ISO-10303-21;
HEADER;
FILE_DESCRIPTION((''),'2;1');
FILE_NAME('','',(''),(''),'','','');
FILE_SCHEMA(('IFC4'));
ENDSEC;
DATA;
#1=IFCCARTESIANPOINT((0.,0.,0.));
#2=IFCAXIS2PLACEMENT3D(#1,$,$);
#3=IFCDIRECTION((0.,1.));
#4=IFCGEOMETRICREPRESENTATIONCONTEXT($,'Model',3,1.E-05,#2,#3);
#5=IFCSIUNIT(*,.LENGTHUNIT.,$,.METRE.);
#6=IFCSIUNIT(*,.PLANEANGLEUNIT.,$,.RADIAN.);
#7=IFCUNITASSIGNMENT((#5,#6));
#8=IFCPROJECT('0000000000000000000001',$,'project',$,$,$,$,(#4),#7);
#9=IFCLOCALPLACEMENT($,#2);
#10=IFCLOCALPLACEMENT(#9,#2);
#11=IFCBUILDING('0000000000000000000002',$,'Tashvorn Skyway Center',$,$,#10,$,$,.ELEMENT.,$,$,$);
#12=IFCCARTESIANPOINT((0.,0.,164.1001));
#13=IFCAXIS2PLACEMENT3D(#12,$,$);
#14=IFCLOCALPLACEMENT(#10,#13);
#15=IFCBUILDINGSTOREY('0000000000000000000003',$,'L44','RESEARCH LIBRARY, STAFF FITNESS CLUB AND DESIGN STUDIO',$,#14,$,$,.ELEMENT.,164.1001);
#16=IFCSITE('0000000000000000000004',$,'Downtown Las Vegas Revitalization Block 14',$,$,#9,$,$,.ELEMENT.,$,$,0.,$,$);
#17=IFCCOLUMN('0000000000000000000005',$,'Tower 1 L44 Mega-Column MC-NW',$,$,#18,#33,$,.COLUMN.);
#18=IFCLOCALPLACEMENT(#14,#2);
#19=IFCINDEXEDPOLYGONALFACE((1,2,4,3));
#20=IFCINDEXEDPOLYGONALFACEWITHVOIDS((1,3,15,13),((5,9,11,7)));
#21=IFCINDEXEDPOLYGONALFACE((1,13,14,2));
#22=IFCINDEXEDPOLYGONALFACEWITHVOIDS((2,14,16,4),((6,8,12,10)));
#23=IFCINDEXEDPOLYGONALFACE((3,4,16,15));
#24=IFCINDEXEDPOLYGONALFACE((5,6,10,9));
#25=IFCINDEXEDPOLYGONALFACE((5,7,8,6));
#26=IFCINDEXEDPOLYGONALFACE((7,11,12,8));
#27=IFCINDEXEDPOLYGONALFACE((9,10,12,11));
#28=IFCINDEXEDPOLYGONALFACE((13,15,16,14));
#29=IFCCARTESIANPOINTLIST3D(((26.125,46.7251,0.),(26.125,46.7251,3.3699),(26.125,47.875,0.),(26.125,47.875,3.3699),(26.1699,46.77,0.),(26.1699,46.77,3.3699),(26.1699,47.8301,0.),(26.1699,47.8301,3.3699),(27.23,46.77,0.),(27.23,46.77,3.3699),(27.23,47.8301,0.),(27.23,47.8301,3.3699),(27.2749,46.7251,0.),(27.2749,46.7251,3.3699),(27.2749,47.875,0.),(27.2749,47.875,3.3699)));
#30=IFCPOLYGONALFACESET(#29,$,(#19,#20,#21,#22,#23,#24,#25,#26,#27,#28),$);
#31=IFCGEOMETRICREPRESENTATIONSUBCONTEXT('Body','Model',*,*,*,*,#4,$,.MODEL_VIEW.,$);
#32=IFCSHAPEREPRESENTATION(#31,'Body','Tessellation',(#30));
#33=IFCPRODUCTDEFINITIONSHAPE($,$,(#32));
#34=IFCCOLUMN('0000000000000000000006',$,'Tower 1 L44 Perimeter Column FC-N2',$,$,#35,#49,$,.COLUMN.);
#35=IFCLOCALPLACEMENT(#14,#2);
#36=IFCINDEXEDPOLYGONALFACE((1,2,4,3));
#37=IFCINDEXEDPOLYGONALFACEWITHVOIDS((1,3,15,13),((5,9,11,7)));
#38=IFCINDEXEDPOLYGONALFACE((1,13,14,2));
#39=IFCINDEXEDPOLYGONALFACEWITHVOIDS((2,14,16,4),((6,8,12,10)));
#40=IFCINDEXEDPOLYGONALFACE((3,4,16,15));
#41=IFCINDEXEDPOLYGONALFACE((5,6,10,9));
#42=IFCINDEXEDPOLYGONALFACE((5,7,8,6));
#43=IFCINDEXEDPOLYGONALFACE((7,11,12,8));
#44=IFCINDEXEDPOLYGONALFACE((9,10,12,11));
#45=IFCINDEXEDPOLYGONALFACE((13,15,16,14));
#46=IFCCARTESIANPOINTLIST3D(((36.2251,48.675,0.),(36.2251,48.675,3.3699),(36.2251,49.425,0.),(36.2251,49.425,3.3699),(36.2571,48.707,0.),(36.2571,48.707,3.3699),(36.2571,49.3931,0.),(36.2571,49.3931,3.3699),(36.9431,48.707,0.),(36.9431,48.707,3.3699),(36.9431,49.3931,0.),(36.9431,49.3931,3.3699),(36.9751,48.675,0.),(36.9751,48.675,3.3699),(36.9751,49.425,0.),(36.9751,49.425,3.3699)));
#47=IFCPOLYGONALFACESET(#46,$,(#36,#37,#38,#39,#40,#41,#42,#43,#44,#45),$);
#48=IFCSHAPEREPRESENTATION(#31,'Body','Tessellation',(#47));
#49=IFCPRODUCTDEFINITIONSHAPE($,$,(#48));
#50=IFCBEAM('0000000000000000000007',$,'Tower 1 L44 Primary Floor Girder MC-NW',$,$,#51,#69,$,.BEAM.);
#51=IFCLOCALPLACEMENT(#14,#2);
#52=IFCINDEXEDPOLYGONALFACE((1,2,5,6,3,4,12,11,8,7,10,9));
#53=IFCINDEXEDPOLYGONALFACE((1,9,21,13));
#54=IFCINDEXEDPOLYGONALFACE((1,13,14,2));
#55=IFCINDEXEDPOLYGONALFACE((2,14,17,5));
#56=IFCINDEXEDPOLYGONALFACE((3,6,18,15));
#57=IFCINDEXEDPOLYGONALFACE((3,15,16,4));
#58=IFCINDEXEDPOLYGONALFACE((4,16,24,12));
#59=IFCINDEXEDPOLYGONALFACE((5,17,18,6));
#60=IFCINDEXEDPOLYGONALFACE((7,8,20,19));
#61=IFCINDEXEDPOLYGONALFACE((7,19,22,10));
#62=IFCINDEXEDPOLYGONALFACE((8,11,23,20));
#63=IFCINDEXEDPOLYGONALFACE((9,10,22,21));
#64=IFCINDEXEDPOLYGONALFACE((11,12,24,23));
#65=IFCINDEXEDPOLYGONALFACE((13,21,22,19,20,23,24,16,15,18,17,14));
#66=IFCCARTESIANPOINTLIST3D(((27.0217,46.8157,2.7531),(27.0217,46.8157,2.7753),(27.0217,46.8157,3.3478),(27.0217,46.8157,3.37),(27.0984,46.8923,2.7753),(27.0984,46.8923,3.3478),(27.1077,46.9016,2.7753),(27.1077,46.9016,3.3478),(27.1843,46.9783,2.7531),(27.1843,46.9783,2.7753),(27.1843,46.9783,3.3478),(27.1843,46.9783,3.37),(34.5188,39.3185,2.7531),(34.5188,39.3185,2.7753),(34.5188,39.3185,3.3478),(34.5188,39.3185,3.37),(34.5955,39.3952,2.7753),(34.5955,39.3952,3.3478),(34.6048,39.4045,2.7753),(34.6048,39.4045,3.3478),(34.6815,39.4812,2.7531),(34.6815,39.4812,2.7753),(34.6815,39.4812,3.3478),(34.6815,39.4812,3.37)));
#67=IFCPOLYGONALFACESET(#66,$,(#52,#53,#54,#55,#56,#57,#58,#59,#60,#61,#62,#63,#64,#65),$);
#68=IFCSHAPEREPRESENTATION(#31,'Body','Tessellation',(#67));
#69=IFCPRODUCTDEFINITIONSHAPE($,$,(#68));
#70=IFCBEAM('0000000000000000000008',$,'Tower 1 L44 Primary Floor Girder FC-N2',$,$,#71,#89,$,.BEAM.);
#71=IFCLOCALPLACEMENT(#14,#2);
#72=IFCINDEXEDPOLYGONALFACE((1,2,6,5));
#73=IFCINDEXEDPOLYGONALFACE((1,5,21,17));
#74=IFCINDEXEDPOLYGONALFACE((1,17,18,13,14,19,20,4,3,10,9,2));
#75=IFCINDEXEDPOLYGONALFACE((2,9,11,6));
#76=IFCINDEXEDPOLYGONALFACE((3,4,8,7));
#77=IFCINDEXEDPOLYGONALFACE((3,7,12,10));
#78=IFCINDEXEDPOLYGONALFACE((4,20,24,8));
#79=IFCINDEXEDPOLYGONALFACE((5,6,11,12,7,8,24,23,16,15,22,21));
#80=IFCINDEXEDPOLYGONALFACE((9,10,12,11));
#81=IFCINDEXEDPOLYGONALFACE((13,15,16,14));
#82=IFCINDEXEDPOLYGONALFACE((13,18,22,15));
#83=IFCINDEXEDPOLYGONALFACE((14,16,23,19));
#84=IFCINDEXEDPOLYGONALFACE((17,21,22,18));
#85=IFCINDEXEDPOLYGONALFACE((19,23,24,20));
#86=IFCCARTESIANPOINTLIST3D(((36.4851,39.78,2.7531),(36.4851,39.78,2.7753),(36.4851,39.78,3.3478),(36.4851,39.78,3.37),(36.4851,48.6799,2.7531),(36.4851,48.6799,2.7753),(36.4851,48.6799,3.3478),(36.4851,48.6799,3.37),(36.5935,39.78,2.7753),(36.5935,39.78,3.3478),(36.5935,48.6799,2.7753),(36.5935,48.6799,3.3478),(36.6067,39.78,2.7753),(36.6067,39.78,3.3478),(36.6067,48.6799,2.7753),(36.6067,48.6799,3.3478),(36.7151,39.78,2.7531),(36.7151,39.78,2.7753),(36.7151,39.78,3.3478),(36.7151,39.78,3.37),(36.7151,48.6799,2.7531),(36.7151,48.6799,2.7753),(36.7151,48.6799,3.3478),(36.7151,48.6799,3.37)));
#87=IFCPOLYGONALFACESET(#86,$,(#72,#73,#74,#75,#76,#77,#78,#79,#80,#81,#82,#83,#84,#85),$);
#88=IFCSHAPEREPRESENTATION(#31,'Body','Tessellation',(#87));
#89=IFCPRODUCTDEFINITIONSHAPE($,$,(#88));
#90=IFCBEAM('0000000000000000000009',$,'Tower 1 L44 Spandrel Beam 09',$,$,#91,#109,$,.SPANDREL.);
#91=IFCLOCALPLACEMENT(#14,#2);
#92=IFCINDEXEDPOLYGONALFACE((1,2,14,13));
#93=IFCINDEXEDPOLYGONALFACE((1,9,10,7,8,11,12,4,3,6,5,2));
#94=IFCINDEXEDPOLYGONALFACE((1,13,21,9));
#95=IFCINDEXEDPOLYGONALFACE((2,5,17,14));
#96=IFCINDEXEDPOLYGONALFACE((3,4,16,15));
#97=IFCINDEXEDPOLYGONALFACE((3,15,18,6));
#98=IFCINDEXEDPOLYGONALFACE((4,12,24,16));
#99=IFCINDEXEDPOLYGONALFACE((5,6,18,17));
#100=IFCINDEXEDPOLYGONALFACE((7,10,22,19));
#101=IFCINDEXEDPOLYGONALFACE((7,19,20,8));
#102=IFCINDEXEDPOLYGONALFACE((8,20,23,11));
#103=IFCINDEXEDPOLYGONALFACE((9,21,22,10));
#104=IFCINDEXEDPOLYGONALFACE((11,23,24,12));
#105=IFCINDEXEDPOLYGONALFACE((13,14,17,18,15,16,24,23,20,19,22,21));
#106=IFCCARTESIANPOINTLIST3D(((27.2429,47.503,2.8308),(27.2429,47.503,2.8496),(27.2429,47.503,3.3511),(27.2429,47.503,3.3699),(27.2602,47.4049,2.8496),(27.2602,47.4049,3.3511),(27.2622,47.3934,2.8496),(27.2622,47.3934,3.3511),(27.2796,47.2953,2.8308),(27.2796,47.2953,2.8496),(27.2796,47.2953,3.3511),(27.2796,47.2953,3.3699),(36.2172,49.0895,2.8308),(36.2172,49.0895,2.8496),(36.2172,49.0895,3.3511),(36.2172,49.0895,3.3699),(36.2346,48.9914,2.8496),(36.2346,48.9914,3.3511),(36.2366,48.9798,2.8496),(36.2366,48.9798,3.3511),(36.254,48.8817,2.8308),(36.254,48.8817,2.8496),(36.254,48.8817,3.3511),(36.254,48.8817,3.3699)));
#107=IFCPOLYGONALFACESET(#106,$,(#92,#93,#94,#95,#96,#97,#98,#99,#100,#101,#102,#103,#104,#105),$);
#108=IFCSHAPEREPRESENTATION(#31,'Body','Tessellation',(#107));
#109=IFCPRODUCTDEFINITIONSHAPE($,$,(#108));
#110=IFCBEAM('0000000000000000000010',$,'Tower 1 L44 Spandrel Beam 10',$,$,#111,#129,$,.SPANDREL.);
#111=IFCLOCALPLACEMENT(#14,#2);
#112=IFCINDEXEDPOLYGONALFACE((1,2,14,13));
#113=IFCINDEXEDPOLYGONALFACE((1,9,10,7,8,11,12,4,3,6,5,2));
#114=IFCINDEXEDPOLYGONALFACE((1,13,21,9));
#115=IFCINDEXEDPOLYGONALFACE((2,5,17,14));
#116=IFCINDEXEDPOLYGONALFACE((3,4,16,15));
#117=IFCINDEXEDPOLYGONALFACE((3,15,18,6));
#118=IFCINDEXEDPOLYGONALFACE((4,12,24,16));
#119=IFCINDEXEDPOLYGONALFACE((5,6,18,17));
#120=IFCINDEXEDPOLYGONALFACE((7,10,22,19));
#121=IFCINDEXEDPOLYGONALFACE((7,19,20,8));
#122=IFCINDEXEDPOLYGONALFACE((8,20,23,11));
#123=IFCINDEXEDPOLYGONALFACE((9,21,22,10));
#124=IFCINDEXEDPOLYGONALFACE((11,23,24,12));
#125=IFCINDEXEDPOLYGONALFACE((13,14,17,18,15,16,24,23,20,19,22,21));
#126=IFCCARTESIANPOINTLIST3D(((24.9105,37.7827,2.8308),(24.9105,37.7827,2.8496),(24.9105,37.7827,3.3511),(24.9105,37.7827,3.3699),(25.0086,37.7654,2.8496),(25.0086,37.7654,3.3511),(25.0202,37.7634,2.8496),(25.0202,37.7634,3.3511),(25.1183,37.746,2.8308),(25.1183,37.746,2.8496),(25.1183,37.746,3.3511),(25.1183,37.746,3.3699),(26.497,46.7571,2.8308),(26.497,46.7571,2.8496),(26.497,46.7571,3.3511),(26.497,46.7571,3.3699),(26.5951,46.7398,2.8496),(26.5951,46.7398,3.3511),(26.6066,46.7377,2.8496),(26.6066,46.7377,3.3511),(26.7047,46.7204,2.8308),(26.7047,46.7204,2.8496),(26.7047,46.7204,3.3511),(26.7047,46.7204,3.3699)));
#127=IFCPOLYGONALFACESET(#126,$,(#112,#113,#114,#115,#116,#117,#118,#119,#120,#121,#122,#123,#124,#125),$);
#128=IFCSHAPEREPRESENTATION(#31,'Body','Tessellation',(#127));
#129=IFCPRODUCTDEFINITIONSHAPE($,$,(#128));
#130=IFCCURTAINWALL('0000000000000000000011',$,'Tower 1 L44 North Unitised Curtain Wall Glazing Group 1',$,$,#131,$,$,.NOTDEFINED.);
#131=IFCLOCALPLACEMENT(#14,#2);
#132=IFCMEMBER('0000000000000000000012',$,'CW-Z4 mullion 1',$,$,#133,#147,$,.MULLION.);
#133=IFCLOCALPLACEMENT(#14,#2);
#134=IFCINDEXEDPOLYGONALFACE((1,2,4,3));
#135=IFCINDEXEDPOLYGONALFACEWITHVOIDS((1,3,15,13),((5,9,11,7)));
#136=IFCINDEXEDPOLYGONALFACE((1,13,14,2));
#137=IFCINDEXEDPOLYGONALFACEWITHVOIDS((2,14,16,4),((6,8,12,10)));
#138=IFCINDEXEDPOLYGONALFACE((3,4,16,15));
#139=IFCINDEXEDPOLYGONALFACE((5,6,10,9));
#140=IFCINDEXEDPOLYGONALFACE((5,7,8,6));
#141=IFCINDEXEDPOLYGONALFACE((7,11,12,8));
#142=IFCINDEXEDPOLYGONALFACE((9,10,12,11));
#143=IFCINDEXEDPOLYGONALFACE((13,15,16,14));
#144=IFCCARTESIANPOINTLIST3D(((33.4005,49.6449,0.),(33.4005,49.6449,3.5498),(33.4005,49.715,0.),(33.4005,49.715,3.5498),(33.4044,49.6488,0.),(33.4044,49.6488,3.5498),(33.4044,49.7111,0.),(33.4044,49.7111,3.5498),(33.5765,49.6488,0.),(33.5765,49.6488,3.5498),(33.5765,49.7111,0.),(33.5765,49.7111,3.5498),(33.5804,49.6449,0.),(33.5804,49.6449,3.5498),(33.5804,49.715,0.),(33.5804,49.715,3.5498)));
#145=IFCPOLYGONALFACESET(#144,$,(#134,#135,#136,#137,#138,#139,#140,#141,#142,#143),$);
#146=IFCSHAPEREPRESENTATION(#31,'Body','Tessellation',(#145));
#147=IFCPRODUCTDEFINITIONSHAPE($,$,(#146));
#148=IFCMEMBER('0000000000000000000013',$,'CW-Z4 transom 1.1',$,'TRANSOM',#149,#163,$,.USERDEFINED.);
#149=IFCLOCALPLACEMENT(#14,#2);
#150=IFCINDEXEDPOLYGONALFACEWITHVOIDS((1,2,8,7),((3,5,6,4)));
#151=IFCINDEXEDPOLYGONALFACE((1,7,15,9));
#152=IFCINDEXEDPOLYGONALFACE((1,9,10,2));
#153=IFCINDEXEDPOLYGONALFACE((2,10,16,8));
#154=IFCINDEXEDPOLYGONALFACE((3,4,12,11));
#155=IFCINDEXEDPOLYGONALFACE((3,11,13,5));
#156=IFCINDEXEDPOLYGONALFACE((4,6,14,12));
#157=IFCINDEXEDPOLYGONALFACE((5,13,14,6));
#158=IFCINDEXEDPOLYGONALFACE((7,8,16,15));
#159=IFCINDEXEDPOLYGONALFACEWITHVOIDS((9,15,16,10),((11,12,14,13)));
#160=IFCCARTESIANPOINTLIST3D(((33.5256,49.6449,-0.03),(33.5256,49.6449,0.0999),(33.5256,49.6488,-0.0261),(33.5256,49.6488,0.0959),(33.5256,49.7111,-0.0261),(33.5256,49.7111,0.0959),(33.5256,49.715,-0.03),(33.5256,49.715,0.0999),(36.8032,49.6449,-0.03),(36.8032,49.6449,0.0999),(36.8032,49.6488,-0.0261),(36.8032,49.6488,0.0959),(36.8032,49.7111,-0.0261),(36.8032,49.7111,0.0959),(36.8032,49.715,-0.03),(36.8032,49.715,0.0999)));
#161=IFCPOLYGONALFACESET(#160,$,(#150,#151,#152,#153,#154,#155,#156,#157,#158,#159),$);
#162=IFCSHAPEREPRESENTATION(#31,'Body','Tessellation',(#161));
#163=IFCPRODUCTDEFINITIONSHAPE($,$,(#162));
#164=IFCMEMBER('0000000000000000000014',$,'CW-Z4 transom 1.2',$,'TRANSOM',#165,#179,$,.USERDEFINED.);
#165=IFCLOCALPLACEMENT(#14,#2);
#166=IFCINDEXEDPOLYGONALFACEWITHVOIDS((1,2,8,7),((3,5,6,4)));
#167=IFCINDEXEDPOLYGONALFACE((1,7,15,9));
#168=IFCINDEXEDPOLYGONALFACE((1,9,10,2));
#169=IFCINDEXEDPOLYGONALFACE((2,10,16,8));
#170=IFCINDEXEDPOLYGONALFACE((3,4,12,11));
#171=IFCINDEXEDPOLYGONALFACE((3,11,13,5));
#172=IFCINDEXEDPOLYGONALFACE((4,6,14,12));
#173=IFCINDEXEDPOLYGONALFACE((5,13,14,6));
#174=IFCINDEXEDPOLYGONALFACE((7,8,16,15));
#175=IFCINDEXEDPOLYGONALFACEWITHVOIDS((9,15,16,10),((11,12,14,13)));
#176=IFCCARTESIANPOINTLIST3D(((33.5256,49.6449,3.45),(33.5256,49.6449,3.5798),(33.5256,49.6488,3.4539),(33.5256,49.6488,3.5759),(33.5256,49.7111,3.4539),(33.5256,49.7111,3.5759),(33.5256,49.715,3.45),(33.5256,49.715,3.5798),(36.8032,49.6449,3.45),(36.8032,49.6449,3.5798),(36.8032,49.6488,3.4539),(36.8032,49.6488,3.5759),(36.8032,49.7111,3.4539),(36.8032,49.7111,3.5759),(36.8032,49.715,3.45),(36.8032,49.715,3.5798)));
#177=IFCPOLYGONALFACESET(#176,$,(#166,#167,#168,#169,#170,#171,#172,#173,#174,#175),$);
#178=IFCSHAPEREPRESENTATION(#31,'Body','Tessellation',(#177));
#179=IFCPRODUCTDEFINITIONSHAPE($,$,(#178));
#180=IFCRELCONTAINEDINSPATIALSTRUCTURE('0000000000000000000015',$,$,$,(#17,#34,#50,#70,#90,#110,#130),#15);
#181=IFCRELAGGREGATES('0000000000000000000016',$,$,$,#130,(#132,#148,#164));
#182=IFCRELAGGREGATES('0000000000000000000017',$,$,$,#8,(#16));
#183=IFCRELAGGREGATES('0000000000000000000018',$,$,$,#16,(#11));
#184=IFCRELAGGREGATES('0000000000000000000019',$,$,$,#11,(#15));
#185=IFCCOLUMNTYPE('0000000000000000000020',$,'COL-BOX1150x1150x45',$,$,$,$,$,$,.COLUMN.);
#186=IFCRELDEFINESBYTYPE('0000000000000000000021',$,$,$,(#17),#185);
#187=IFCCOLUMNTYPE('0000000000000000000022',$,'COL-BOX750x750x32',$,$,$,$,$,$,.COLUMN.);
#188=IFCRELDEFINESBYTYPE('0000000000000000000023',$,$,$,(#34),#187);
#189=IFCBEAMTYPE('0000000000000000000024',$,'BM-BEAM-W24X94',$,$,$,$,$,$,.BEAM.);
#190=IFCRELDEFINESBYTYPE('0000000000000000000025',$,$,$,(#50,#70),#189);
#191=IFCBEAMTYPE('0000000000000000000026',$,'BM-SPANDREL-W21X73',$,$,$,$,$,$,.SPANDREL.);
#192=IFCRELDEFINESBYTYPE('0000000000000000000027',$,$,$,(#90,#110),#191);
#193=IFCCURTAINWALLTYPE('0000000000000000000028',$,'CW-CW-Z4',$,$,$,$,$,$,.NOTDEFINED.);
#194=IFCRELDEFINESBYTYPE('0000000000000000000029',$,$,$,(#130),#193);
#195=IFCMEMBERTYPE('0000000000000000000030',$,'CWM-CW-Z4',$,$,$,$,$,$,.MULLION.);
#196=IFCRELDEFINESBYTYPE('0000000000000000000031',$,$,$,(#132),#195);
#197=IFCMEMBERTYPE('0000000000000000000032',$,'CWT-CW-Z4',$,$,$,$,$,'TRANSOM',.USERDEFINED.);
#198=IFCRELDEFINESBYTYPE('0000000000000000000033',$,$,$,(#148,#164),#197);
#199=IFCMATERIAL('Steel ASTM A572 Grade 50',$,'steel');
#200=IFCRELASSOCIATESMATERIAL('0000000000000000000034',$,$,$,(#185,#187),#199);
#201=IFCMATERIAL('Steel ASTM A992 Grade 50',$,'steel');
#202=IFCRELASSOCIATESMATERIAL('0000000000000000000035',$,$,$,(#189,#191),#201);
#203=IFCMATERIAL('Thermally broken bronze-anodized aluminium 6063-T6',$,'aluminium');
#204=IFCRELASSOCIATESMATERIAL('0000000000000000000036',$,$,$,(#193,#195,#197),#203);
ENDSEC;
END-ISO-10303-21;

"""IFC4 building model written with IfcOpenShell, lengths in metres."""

from ifc_helpers import new_model, si_unit, direction, frame, origin, origin_2d, place, context, subcontext, project, spatial, hollow_rectangle, i_section, extrude, material, material_profile, profile_set, type_object, element, aggregate, save


model = new_model("IFC4")

# Units and contexts
model_context = context("Model", 3, precision=1e-05, world=origin(), true_north=direction((0.0, 1.0)))
body_context = subcontext(model_context, "Body", "Model", "MODEL_VIEW")
ifc_project = project(units=[si_unit("LENGTHUNIT", "METRE"), si_unit("PLANEANGLEUNIT", "RADIAN")], contexts=[model_context])

# Site, building, storey
site_placement = place(None, origin())
site = spatial("IfcSite", under=ifc_project, at=site_placement, Name="Downtown Las Vegas Revitalization Block 14", CompositionType="ELEMENT", RefElevation=0.0)
building_placement = place(site_placement, origin())
building = spatial("IfcBuilding", under=site, at=building_placement, Name="Tashvorn Skyway Center", CompositionType="ELEMENT")
storey_placement = place(building_placement, frame((0.0, 0.0, 164.1001)))
storey = spatial("IfcBuildingStorey", under=building, at=storey_placement, Name="L44", Description="RESEARCH LIBRARY, STAFF FITNESS CLUB AND DESIGN STUDIO", CompositionType="ELEMENT", Elevation=164.1001)

# Columns
ifc_material_1 = material(Name="Steel ASTM A572 Grade 50", Category="steel")
ifc_material_profile_1 = material_profile(ifc_material_1, hollow_rectangle(XDim=1.1499, YDim=1.1499, WallThickness=0.0449, at=origin_2d()), Name="BOX1150x1150x45")
ifc_profile_set_1 = profile_set([ifc_material_profile_1], Name="Steel ASTM A572 Grade 50")
column_type_1 = type_object("IfcColumnType", Name="COL-BOX1150x1150x45", PredefinedType="COLUMN", material=ifc_profile_set_1)
column_1_placement = place(storey_placement, frame((26.7, 47.3, 0.0), z_axis=(0.0, 0.0, 1.0), x_axis=(1.0, 0.0, 0.0)))
element("IfcColumn", 1, at=column_1_placement, inside=storey, type_object=column_type_1, Name="Tower 1 L44 Mega-Column MC-NW", PredefinedType="COLUMN", context=body_context, shape_type="SweptSolid", body=[
    extrude(hollow_rectangle(XDim=1.1499, YDim=1.1499, WallThickness=0.0449, at=origin_2d()), origin(), (0.0, 0.0, 1.0), 3.3699),
])
ifc_material_profile_2 = material_profile(ifc_material_1, hollow_rectangle(XDim=0.75, YDim=0.75, WallThickness=0.032, at=origin_2d()), Name="BOX750x750x32")
ifc_profile_set_2 = profile_set([ifc_material_profile_2], Name="Steel ASTM A572 Grade 50")
column_type_2 = type_object("IfcColumnType", Name="COL-BOX750x750x32", PredefinedType="COLUMN", material=ifc_profile_set_2)
column_2_placement = place(storey_placement, frame((36.6001, 49.05, 0.0), z_axis=(0.0, 0.0, 1.0), x_axis=(1.0, 0.0, 0.0)))
element("IfcColumn", 2, at=column_2_placement, inside=storey, type_object=column_type_2, Name="Tower 1 L44 Perimeter Column FC-N2", PredefinedType="COLUMN", context=body_context, shape_type="SweptSolid", body=[
    extrude(hollow_rectangle(XDim=0.75, YDim=0.75, WallThickness=0.032, at=origin_2d()), origin(), (0.0, 0.0, 1.0), 3.3699),
])

# Beams
ifc_material_2 = material(Name="Steel ASTM A992 Grade 50", Category="steel")
ifc_material_profile_3 = material_profile(ifc_material_2, i_section(OverallWidth=0.23, OverallDepth=0.6169, WebThickness=0.0132, FlangeThickness=0.0222, at=origin_2d()), Name="W24X94")
ifc_profile_set_3 = profile_set([ifc_material_profile_3], Name="Steel ASTM A992 Grade 50")
beam_type_1 = type_object("IfcBeamType", Name="BM-BEAM-W24X94", PredefinedType="BEAM", material=ifc_profile_set_3)
beam_1_placement = place(storey_placement, frame((27.103, 46.897, 3.0615), z_axis=(0.707107, -0.707107, 0.0), x_axis=(0.707107, 0.707107, 0.0)))
element("IfcBeam", 3, at=beam_1_placement, inside=storey, type_object=beam_type_1, Name="Tower 1 L44 Primary Floor Girder MC-NW", PredefinedType="BEAM", context=body_context, shape_type="SweptSolid", body=[
    extrude(i_section(OverallWidth=0.23, OverallDepth=0.6169, WebThickness=0.0132, FlangeThickness=0.0222, at=origin_2d()), origin(), (0.0, 0.0, 1.0), 10.6025),
])
beam_2_placement = place(storey_placement, frame((36.6001, 48.6799, 3.0615), z_axis=(0.0, -1.0, 0.0), x_axis=(1.0, 0.0, 0.0)))
element("IfcBeam", 4, at=beam_2_placement, inside=storey, type_object=beam_type_1, Name="Tower 1 L44 Primary Floor Girder FC-N2", PredefinedType="BEAM", context=body_context, shape_type="SweptSolid", body=[
    extrude(i_section(OverallWidth=0.23, OverallDepth=0.6169, WebThickness=0.0132, FlangeThickness=0.0222, at=origin_2d()), origin(), (0.0, 0.0, 1.0), 8.8999),
])
ifc_material_profile_4 = material_profile(ifc_material_2, i_section(OverallWidth=0.2109, OverallDepth=0.5391, WebThickness=0.0117, FlangeThickness=0.0188, at=origin_2d()), Name="W21X73")
ifc_profile_set_4 = profile_set([ifc_material_profile_4], Name="Steel ASTM A992 Grade 50")
beam_type_2 = type_object("IfcBeamType", Name="BM-SPANDREL-W21X73", PredefinedType="SPANDREL", material=ifc_profile_set_4)
for number, where, z_axis, x_axis, name in (
    (5, (36.2356, 48.9856, 3.1003), (-0.984733, -0.174074, 0.0), (0.174074, -0.984733, 0.0), "Tower 1 L44 Spandrel Beam 09"),
    (6, (26.6008, 46.7388, 3.1003), (-0.174074, -0.984733, 0.0), (0.984733, -0.174074, 0.0), "Tower 1 L44 Spandrel Beam 10"),
):
    element("IfcBeam", number, at=place(storey_placement, frame(where, z_axis=z_axis, x_axis=x_axis)), inside=storey, type_object=beam_type_2, Name=name, PredefinedType="SPANDREL", context=body_context, shape_type="SweptSolid", body=[
        extrude(i_section(OverallWidth=0.2109, OverallDepth=0.5391, WebThickness=0.0117, FlangeThickness=0.0188, at=origin_2d()), origin(), (0.0, 0.0, 1.0), 9.1135),
    ])

# Curtain wall, members
ifc_material_3 = material(Name="Thermally broken bronze-anodized aluminium 6063-T6", Category="aluminium")
curtain_wall_type = type_object("IfcCurtainWallType", Name="CW-CW-Z4", PredefinedType="NOTDEFINED", material=ifc_material_3)
curtain_wall_placement = place(storey_placement, origin())
curtain_wall = element("IfcCurtainWall", 7, at=curtain_wall_placement, inside=storey, type_object=curtain_wall_type, Name="Tower 1 L44 North Unitised Curtain Wall Glazing Group 1", PredefinedType="NOTDEFINED")
ifc_material_profile_5 = material_profile(ifc_material_3, hollow_rectangle(XDim=0.0701, YDim=0.1799, WallThickness=0.0039, at=origin_2d()), Name="ALU-MULL-70x180")
ifc_profile_set_5 = profile_set([ifc_material_profile_5], Name="Thermally broken bronze-anodized aluminium 6063-T6")
member_type_1 = type_object("IfcMemberType", Name="CWM-CW-Z4", PredefinedType="MULLION", material=ifc_profile_set_5)
member_1_placement = place(storey_placement, frame((33.4905, 49.6799, 0.0), z_axis=(0.0, 0.0, 1.0), x_axis=(0.0, 1.0, 0.0)))
member_1 = element("IfcMember", 8, at=member_1_placement, type_object=member_type_1, Name="CW-Z4 mullion 1", PredefinedType="MULLION", context=body_context, shape_type="SweptSolid", body=[
    extrude(hollow_rectangle(XDim=0.0701, YDim=0.1799, WallThickness=0.0039, at=origin_2d()), origin(), (0.0, 0.0, 1.0), 3.5498),
])
ifc_material_profile_6 = material_profile(ifc_material_3, hollow_rectangle(XDim=0.0701, YDim=0.1299, WallThickness=0.0039, at=origin_2d()), Name="ALU-TRAN-70x130")
ifc_profile_set_6 = profile_set([ifc_material_profile_6], Name="Thermally broken bronze-anodized aluminium 6063-T6")
member_type_2 = type_object("IfcMemberType", Name="CWT-CW-Z4", ElementType="TRANSOM", PredefinedType="USERDEFINED", material=ifc_profile_set_6)
member_2_placement = place(storey_placement, frame((33.5256, 49.6799, 0.0349), z_axis=(1.0, 0.0, 0.0), x_axis=(0.0, 1.0, 0.0)))
member_2 = element("IfcMember", 9, at=member_2_placement, type_object=member_type_2, Name="CW-Z4 transom 1.1", ObjectType="TRANSOM", PredefinedType="USERDEFINED", context=body_context, shape_type="SweptSolid", body=[
    extrude(hollow_rectangle(XDim=0.0701, YDim=0.1299, WallThickness=0.0039, at=origin_2d()), origin(), (0.0, 0.0, 1.0), 3.2776),
])
member_3_placement = place(storey_placement, frame((33.5256, 49.6799, 3.5149), z_axis=(1.0, 0.0, 0.0), x_axis=(0.0, 1.0, 0.0)))
member_3 = element("IfcMember", 10, at=member_3_placement, type_object=member_type_2, Name="CW-Z4 transom 1.2", ObjectType="TRANSOM", PredefinedType="USERDEFINED", context=body_context, shape_type="SweptSolid", body=[
    extrude(hollow_rectangle(XDim=0.0701, YDim=0.1299, WallThickness=0.0039, at=origin_2d()), origin(), (0.0, 0.0, 1.0), 3.2776),
])
aggregate(curtain_wall, [member_1, member_2, member_3])

save(model, "model.ifc")
